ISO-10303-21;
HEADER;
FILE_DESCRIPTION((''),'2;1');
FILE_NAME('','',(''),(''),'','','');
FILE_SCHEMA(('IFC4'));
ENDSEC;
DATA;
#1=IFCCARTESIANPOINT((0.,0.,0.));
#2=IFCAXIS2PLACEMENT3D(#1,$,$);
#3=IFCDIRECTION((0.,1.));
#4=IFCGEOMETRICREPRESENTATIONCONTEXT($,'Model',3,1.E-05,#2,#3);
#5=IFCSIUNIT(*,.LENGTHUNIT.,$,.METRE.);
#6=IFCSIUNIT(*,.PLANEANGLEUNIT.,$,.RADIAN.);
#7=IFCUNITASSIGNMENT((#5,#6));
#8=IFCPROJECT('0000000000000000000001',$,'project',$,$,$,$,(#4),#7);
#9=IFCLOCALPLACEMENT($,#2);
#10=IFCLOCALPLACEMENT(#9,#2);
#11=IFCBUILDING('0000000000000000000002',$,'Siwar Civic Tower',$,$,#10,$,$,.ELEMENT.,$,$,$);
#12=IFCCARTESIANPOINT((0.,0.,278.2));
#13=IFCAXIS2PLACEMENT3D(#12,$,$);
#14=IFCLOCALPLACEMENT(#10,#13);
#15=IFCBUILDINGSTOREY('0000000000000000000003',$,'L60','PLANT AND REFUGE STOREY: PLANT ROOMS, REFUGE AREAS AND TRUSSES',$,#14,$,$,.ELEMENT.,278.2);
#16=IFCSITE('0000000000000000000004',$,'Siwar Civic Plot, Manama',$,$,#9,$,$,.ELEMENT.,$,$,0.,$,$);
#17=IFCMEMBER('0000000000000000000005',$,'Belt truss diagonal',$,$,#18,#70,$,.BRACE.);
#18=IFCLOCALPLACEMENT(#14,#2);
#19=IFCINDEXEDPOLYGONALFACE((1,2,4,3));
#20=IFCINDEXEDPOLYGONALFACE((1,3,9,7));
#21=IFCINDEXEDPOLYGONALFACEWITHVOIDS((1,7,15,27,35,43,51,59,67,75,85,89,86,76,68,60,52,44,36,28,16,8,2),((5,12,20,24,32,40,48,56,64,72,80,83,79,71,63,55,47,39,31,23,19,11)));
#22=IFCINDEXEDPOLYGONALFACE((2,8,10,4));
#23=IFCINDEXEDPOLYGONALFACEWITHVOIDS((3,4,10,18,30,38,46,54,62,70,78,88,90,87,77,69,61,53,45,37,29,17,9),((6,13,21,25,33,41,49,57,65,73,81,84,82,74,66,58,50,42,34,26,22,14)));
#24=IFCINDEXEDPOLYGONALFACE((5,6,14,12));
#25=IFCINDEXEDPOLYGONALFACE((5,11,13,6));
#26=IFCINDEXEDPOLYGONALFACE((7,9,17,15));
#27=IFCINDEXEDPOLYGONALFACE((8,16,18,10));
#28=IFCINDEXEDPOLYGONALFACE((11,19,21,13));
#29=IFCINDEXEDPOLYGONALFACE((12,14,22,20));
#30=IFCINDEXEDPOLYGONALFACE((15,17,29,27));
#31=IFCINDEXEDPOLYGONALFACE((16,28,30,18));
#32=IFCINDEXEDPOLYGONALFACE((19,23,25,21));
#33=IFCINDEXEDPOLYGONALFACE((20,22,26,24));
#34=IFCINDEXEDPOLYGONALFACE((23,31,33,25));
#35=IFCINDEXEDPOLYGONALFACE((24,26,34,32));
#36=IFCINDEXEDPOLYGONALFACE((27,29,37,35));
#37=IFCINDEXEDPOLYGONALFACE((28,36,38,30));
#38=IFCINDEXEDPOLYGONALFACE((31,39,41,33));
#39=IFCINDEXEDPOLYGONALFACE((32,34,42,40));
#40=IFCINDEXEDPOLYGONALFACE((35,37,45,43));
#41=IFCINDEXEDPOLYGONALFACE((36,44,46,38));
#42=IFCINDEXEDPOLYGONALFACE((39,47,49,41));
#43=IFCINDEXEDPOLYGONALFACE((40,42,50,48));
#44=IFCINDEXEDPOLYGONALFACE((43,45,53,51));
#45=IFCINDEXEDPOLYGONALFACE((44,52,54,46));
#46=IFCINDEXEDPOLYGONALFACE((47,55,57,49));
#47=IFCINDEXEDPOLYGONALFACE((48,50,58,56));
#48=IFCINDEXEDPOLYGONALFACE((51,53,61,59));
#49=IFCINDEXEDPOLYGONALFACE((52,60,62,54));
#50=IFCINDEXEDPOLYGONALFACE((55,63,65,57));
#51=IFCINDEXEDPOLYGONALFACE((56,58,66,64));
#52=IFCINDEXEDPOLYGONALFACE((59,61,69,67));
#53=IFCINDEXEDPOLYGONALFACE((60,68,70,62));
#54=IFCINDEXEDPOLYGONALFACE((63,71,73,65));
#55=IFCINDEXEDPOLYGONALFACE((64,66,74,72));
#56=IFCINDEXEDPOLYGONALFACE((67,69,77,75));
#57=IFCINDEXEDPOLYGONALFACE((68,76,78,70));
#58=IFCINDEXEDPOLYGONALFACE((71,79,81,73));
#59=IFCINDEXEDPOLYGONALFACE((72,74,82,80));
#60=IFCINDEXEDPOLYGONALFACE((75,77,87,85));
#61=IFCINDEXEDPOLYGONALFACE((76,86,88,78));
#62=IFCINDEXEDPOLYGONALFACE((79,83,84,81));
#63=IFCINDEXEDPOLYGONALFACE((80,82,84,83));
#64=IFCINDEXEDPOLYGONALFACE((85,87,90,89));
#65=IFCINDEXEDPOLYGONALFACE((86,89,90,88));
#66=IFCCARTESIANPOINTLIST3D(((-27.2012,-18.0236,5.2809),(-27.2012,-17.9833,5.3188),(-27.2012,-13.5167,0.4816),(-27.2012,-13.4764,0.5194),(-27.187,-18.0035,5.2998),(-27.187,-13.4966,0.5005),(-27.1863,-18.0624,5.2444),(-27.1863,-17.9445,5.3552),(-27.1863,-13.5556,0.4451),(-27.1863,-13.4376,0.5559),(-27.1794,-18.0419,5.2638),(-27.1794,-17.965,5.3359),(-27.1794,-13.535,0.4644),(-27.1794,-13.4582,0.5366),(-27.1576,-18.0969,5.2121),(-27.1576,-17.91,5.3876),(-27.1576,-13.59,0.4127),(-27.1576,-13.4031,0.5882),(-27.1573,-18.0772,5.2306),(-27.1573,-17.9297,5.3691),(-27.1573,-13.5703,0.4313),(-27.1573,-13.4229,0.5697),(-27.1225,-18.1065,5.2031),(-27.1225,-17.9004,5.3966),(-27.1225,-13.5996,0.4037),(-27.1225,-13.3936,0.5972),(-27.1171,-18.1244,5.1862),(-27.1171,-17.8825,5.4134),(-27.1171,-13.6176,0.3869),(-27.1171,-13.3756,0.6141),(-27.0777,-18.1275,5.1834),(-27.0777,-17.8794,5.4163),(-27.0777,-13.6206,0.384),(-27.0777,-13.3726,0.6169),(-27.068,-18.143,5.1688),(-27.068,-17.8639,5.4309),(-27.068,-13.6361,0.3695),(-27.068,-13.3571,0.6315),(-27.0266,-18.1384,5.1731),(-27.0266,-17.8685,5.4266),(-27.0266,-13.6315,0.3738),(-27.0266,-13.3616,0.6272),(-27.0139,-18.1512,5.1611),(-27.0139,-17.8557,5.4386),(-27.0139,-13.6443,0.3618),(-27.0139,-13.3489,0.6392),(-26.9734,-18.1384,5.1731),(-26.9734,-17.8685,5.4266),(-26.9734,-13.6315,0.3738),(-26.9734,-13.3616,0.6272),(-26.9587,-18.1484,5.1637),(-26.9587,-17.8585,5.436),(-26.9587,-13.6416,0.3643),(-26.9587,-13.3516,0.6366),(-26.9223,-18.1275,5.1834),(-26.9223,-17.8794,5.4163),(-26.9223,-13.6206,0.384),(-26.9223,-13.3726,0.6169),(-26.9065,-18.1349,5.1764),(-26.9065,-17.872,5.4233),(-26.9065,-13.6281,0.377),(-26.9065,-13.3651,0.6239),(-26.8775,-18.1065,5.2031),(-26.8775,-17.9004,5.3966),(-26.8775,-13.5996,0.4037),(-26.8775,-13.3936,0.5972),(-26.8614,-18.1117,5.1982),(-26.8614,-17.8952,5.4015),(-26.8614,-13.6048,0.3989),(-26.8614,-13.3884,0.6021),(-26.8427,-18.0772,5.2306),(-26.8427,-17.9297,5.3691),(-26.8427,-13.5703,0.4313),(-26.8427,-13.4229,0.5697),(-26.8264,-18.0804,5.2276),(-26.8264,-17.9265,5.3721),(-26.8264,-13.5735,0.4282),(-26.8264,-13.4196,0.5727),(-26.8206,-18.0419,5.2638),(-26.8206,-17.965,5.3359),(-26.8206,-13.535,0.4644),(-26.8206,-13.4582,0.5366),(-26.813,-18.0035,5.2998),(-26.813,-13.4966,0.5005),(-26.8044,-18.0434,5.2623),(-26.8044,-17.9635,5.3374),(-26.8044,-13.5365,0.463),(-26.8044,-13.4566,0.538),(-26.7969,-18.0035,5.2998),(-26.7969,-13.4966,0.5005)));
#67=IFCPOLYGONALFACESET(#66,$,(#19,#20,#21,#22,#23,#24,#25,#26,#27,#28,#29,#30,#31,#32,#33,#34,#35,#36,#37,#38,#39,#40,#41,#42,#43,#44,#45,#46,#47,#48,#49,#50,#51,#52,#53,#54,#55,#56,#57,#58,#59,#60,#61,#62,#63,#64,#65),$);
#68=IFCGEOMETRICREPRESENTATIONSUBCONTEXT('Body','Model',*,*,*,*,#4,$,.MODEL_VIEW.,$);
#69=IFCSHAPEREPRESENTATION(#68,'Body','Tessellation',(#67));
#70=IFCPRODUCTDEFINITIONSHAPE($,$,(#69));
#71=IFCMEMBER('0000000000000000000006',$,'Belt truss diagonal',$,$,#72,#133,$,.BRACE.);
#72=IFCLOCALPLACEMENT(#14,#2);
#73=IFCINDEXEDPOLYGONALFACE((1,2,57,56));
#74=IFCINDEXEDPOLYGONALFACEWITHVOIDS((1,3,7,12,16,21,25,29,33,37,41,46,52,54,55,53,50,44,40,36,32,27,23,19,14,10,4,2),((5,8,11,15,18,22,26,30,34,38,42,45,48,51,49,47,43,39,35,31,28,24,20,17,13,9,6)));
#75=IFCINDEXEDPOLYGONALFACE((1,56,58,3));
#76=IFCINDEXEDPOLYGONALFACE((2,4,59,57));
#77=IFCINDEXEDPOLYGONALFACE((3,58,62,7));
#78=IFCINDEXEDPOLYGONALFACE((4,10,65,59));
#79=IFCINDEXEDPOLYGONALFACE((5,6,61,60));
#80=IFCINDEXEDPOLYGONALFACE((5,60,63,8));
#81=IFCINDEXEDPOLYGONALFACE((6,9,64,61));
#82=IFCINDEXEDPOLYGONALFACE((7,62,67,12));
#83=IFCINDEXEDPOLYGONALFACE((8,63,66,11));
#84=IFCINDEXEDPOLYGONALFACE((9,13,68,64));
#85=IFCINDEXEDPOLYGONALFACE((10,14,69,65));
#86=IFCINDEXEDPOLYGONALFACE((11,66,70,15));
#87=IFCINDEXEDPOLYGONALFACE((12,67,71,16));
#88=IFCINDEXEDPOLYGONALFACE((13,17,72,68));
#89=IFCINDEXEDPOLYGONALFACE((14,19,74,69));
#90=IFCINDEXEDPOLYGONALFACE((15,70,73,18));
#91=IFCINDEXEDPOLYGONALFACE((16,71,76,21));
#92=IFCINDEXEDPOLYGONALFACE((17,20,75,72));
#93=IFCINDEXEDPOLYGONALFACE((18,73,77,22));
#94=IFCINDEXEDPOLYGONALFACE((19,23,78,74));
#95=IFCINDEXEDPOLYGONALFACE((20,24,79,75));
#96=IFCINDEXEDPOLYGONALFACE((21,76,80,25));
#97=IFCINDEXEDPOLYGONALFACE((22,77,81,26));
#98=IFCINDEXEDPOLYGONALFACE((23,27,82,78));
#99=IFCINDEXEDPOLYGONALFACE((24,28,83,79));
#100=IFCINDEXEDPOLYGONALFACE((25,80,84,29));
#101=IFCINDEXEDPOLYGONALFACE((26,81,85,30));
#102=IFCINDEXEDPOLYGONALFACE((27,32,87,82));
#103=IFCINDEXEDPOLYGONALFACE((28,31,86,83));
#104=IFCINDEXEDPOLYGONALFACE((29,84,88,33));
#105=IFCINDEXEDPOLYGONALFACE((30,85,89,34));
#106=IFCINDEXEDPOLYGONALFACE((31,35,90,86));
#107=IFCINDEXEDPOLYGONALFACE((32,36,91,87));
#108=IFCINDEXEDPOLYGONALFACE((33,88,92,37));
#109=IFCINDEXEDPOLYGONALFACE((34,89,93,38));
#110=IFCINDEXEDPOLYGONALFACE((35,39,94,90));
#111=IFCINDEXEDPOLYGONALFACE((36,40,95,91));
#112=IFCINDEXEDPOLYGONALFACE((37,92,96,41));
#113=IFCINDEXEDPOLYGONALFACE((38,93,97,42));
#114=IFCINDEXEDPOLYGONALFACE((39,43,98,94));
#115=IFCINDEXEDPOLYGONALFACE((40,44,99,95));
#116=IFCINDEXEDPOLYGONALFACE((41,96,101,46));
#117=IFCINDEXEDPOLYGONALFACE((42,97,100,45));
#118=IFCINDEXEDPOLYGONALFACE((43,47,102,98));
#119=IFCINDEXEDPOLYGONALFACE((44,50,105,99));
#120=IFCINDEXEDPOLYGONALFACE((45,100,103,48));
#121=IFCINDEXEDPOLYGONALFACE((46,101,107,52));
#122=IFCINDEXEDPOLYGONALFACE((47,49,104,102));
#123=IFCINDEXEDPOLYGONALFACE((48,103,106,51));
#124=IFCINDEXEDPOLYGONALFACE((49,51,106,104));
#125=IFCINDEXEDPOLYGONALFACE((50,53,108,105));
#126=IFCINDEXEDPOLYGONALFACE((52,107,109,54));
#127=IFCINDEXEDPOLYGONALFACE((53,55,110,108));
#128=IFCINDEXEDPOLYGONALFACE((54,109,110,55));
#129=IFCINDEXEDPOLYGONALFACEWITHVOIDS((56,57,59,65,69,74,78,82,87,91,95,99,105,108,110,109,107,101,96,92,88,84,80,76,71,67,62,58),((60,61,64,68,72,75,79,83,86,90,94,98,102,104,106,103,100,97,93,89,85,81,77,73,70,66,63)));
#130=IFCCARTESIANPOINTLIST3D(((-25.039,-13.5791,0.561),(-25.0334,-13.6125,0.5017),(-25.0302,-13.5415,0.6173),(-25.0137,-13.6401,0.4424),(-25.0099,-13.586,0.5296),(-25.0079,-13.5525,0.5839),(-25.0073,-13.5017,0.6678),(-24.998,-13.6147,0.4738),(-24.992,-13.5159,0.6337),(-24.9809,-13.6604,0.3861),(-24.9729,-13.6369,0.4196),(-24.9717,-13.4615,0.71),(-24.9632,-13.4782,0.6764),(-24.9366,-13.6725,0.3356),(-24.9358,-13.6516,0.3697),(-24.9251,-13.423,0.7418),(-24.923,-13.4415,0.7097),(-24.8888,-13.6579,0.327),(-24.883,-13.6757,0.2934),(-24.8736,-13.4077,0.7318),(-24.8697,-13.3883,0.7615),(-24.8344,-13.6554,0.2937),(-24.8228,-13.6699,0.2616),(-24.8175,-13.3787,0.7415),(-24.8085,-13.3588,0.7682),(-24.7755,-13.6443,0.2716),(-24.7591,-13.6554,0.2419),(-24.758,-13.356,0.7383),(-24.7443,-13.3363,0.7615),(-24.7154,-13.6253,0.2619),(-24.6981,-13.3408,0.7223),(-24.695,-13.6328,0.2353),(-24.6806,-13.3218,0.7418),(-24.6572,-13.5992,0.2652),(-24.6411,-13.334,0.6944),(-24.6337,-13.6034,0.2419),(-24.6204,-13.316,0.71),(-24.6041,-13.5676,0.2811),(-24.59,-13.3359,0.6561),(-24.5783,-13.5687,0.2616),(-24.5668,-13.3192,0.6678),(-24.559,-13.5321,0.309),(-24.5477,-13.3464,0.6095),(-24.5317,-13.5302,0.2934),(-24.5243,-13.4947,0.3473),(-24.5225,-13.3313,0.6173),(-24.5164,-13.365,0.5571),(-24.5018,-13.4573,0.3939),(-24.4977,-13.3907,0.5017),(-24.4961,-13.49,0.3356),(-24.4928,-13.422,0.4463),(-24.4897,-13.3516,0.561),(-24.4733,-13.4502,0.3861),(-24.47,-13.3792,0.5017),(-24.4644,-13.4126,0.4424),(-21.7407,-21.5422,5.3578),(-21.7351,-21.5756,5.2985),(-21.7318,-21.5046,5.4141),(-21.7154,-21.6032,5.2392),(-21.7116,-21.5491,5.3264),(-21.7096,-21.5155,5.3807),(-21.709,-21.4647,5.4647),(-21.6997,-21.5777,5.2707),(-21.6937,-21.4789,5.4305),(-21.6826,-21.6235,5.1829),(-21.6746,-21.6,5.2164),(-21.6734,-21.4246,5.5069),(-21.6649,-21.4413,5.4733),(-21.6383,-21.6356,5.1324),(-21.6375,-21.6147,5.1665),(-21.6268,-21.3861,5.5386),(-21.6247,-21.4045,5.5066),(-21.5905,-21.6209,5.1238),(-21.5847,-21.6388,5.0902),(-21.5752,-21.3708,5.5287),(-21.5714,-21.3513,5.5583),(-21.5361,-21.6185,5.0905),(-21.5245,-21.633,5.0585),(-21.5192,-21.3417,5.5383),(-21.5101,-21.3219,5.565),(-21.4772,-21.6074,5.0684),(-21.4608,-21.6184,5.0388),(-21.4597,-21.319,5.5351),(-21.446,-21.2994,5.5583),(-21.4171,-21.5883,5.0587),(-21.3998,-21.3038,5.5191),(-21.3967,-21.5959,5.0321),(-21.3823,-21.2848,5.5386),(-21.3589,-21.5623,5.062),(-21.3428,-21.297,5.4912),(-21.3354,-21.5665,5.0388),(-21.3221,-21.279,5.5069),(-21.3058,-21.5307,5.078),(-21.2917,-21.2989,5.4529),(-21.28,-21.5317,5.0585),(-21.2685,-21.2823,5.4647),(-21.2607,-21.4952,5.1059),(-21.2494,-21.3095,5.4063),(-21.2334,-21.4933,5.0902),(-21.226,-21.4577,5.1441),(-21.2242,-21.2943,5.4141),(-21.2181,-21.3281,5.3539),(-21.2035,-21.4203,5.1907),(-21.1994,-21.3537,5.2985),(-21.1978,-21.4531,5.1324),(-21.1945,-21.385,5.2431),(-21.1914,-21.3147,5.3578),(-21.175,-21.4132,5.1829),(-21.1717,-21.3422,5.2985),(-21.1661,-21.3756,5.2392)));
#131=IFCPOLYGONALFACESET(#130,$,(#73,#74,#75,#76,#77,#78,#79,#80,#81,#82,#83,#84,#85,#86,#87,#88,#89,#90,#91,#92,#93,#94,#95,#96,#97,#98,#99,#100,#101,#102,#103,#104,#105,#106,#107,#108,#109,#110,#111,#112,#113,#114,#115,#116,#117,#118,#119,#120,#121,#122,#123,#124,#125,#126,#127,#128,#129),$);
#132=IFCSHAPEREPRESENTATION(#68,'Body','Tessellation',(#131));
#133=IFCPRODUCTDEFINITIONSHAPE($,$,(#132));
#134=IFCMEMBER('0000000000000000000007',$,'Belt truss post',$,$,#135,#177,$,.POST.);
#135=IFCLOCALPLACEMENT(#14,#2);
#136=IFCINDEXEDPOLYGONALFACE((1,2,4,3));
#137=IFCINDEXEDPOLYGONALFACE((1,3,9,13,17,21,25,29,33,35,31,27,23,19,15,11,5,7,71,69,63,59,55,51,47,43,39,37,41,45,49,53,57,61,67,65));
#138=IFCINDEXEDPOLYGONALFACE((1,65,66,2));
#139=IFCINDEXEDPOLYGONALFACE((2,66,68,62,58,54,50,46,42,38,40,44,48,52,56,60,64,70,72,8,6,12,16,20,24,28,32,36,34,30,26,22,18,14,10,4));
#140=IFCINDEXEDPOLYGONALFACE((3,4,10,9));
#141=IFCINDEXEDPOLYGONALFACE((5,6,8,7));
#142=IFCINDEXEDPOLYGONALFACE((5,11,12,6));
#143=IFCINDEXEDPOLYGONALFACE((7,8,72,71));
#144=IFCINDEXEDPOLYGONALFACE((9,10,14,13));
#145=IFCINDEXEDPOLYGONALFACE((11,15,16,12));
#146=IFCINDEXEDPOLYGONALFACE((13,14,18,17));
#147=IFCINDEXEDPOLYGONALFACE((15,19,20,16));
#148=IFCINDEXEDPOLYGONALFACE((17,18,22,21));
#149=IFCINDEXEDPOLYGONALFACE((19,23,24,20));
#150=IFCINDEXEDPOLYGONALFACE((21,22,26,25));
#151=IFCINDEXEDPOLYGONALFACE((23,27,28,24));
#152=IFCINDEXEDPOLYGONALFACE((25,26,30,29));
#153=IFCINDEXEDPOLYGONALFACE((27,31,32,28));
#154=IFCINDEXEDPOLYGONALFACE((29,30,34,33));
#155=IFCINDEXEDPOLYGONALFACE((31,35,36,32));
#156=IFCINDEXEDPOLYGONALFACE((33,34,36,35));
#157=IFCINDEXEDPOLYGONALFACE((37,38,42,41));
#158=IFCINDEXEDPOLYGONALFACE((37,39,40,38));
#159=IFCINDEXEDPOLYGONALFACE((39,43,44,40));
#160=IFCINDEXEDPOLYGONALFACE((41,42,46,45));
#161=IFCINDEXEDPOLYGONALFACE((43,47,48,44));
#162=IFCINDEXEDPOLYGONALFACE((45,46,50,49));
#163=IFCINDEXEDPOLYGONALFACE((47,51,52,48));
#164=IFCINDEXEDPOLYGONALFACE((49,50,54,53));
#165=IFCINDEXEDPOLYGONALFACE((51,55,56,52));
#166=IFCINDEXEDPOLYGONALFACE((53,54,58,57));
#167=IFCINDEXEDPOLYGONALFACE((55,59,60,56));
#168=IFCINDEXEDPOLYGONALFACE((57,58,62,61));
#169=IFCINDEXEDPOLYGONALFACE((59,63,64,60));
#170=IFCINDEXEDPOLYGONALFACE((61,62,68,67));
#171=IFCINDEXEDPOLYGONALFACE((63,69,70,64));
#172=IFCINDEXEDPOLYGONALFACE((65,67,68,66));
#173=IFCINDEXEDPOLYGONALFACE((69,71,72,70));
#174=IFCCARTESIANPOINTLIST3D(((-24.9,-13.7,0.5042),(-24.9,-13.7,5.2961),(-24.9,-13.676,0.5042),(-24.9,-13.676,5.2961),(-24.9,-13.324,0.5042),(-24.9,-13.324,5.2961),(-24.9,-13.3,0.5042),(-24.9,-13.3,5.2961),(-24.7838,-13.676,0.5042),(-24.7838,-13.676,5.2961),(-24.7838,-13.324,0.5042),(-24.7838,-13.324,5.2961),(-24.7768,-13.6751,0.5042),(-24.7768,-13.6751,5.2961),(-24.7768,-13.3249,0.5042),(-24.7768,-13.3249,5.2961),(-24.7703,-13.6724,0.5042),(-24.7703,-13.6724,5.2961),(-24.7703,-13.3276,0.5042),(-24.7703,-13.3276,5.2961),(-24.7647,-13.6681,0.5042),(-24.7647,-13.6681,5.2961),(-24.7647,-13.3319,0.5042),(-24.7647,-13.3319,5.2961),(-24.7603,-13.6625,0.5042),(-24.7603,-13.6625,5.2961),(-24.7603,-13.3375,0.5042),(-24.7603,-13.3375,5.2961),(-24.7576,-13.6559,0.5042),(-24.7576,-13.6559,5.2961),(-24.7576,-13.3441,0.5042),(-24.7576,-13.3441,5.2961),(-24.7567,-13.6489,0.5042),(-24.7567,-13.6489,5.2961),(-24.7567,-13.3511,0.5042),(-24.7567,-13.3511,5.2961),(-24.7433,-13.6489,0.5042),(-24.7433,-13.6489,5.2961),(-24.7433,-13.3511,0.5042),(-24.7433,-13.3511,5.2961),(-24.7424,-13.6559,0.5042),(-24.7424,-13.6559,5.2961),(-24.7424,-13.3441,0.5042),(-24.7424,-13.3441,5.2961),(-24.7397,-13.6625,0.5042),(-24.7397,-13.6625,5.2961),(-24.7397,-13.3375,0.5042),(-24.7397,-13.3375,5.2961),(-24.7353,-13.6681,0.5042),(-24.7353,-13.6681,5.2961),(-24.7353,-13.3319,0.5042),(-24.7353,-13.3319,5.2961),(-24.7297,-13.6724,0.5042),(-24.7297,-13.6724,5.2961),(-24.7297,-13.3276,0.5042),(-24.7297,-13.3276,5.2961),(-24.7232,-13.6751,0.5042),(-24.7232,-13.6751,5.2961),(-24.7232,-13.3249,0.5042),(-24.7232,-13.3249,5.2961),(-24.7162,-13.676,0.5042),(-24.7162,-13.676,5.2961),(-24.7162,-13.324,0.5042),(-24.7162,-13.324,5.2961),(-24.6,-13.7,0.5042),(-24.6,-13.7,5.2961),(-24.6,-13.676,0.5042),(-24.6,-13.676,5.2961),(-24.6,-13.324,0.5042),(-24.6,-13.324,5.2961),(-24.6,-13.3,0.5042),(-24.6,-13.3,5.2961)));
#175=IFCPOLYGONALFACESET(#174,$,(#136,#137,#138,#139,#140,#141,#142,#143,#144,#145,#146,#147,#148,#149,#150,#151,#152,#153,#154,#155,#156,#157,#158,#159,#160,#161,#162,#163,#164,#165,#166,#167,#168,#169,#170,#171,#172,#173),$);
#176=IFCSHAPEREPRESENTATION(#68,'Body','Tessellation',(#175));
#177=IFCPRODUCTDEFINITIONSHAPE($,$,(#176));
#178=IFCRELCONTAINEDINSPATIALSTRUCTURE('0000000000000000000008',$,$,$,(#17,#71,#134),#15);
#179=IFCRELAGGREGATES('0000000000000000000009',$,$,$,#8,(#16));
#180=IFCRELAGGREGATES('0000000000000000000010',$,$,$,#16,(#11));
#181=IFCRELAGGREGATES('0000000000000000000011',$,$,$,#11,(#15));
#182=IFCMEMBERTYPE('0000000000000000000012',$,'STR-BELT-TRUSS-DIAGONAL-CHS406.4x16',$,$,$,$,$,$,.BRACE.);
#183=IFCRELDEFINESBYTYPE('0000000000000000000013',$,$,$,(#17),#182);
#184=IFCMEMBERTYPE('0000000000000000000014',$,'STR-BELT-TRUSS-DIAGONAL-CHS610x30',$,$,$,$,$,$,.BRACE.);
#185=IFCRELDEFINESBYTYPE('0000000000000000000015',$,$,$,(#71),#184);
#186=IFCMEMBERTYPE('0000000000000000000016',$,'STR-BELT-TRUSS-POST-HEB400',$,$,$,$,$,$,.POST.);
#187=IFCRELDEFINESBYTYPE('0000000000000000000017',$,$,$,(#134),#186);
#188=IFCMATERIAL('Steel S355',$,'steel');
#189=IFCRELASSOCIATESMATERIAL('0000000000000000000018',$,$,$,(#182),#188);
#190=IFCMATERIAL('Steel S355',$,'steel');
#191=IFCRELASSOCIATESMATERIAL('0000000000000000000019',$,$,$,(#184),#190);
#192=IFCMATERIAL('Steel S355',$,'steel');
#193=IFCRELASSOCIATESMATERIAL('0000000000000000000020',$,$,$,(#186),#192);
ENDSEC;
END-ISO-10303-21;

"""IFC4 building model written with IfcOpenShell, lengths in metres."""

from ifc_helpers import new_model, si_unit, direction, frame, origin, origin_2d, place, context, subcontext, project, spatial, hollow_circle, i_section, extrude, material, material_profile, profile_set, type_object, element, save


model = new_model("IFC4")

# Units and contexts
model_context = context("Model", 3, precision=1e-05, world=origin(), true_north=direction((0.0, 1.0)))
body_context = subcontext(model_context, "Body", "Model", "MODEL_VIEW")
ifc_project = project(units=[si_unit("LENGTHUNIT", "METRE"), si_unit("PLANEANGLEUNIT", "RADIAN")], contexts=[model_context])

# Site, building, storey
site_placement = place(None, origin())
site = spatial("IfcSite", under=ifc_project, at=site_placement, Name="Siwar Civic Plot, Manama", CompositionType="ELEMENT", RefElevation=0.0)
building_placement = place(site_placement, origin())
building = spatial("IfcBuilding", under=site, at=building_placement, Name="Siwar Civic Tower", CompositionType="ELEMENT")
storey_placement = place(building_placement, frame((0.0, 0.0, 278.2)))
storey = spatial("IfcBuildingStorey", under=building, at=storey_placement, Name="L60", Description="PLANT AND REFUGE STOREY: PLANT ROOMS, REFUGE AREAS AND TRUSSES", CompositionType="ELEMENT", Elevation=278.2)

# Members
ifc_material_1 = material(Name="Steel S355", Category="steel")
ifc_material_profile_1 = material_profile(ifc_material_1, hollow_circle(Radius=0.2031, WallThickness=0.0161, at=origin_2d()), Name="CHS406.4x16")
ifc_profile_set_1 = profile_set([ifc_material_profile_1], Name="Steel S355")
member_type_1 = type_object("IfcMemberType", Name="STR-BELT-TRUSS-DIAGONAL-CHS406.4x16", PredefinedType="BRACE", material=ifc_profile_set_1)
for number, where, z_axis, x_axis, name in (
    (1, (-27.0, -13.4966, 0.5005), (0.0, -0.684545, 0.72897), (1.0, 0.0, 0.0), "Belt truss diagonal"),
):
    element("IfcMember", number, at=place(storey_placement, frame(where, z_axis=z_axis, x_axis=x_axis)), inside=storey, type_object=member_type_1, Name=name, PredefinedType="BRACE", context=body_context, shape_type="SweptSolid", body=[
        extrude(hollow_circle(Radius=0.2031, WallThickness=0.0161, at=origin_2d()), origin(), (0.0, 0.0, 1.0), 6.5837),
    ])
ifc_material_2 = material(Name="Steel S355", Category="steel")
ifc_material_profile_2 = material_profile(ifc_material_2, hollow_circle(Radius=0.3049, WallThickness=0.03, at=origin_2d()), Name="CHS610x30")
ifc_profile_set_2 = profile_set([ifc_material_profile_2], Name="Steel S355")
member_type_2 = type_object("IfcMemberType", Name="STR-BELT-TRUSS-DIAGONAL-CHS610x30", PredefinedType="BRACE", material=ifc_profile_set_2)
member_1_placement = place(storey_placement, frame((-24.7517, -13.4958, 0.5017), z_axis=(0.334378, -0.807284, 0.486296), x_axis=(0.923884, 0.382674, 0.0)))
element("IfcMember", 2, at=member_1_placement, inside=storey, type_object=member_type_2, Name="Belt truss diagonal", PredefinedType="BRACE", context=body_context, shape_type="SweptSolid", body=[
    extrude(hollow_circle(Radius=0.3049, WallThickness=0.03, at=origin_2d()), origin(), (0.0, 0.0, 1.0), 9.864),
])
ifc_material_3 = material(Name="Steel S355", Category="steel")
ifc_material_profile_3 = material_profile(ifc_material_3, i_section(OverallWidth=0.3, OverallDepth=0.3999, WebThickness=0.0134, FlangeThickness=0.0239, FilletRadius=0.0271, at=origin_2d()), Name="HEB400")
ifc_profile_set_3 = profile_set([ifc_material_profile_3], Name="Steel S355")
member_type_3 = type_object("IfcMemberType", Name="STR-BELT-TRUSS-POST-HEB400", PredefinedType="POST", material=ifc_profile_set_3)
member_2_placement = place(storey_placement, frame((-24.75, -13.5, 0.5042), z_axis=(0.0, 0.0, 1.0), x_axis=(1.0, 0.0, 0.0)))
element("IfcMember", 3, at=member_2_placement, inside=storey, type_object=member_type_3, Name="Belt truss post", PredefinedType="POST", context=body_context, shape_type="SweptSolid", body=[
    extrude(i_section(OverallWidth=0.3, OverallDepth=0.3999, WebThickness=0.0134, FlangeThickness=0.0239, FilletRadius=0.0271, at=origin_2d()), origin(), (0.0, 0.0, 1.0), 4.792),
])

save(model, "model.ifc")
